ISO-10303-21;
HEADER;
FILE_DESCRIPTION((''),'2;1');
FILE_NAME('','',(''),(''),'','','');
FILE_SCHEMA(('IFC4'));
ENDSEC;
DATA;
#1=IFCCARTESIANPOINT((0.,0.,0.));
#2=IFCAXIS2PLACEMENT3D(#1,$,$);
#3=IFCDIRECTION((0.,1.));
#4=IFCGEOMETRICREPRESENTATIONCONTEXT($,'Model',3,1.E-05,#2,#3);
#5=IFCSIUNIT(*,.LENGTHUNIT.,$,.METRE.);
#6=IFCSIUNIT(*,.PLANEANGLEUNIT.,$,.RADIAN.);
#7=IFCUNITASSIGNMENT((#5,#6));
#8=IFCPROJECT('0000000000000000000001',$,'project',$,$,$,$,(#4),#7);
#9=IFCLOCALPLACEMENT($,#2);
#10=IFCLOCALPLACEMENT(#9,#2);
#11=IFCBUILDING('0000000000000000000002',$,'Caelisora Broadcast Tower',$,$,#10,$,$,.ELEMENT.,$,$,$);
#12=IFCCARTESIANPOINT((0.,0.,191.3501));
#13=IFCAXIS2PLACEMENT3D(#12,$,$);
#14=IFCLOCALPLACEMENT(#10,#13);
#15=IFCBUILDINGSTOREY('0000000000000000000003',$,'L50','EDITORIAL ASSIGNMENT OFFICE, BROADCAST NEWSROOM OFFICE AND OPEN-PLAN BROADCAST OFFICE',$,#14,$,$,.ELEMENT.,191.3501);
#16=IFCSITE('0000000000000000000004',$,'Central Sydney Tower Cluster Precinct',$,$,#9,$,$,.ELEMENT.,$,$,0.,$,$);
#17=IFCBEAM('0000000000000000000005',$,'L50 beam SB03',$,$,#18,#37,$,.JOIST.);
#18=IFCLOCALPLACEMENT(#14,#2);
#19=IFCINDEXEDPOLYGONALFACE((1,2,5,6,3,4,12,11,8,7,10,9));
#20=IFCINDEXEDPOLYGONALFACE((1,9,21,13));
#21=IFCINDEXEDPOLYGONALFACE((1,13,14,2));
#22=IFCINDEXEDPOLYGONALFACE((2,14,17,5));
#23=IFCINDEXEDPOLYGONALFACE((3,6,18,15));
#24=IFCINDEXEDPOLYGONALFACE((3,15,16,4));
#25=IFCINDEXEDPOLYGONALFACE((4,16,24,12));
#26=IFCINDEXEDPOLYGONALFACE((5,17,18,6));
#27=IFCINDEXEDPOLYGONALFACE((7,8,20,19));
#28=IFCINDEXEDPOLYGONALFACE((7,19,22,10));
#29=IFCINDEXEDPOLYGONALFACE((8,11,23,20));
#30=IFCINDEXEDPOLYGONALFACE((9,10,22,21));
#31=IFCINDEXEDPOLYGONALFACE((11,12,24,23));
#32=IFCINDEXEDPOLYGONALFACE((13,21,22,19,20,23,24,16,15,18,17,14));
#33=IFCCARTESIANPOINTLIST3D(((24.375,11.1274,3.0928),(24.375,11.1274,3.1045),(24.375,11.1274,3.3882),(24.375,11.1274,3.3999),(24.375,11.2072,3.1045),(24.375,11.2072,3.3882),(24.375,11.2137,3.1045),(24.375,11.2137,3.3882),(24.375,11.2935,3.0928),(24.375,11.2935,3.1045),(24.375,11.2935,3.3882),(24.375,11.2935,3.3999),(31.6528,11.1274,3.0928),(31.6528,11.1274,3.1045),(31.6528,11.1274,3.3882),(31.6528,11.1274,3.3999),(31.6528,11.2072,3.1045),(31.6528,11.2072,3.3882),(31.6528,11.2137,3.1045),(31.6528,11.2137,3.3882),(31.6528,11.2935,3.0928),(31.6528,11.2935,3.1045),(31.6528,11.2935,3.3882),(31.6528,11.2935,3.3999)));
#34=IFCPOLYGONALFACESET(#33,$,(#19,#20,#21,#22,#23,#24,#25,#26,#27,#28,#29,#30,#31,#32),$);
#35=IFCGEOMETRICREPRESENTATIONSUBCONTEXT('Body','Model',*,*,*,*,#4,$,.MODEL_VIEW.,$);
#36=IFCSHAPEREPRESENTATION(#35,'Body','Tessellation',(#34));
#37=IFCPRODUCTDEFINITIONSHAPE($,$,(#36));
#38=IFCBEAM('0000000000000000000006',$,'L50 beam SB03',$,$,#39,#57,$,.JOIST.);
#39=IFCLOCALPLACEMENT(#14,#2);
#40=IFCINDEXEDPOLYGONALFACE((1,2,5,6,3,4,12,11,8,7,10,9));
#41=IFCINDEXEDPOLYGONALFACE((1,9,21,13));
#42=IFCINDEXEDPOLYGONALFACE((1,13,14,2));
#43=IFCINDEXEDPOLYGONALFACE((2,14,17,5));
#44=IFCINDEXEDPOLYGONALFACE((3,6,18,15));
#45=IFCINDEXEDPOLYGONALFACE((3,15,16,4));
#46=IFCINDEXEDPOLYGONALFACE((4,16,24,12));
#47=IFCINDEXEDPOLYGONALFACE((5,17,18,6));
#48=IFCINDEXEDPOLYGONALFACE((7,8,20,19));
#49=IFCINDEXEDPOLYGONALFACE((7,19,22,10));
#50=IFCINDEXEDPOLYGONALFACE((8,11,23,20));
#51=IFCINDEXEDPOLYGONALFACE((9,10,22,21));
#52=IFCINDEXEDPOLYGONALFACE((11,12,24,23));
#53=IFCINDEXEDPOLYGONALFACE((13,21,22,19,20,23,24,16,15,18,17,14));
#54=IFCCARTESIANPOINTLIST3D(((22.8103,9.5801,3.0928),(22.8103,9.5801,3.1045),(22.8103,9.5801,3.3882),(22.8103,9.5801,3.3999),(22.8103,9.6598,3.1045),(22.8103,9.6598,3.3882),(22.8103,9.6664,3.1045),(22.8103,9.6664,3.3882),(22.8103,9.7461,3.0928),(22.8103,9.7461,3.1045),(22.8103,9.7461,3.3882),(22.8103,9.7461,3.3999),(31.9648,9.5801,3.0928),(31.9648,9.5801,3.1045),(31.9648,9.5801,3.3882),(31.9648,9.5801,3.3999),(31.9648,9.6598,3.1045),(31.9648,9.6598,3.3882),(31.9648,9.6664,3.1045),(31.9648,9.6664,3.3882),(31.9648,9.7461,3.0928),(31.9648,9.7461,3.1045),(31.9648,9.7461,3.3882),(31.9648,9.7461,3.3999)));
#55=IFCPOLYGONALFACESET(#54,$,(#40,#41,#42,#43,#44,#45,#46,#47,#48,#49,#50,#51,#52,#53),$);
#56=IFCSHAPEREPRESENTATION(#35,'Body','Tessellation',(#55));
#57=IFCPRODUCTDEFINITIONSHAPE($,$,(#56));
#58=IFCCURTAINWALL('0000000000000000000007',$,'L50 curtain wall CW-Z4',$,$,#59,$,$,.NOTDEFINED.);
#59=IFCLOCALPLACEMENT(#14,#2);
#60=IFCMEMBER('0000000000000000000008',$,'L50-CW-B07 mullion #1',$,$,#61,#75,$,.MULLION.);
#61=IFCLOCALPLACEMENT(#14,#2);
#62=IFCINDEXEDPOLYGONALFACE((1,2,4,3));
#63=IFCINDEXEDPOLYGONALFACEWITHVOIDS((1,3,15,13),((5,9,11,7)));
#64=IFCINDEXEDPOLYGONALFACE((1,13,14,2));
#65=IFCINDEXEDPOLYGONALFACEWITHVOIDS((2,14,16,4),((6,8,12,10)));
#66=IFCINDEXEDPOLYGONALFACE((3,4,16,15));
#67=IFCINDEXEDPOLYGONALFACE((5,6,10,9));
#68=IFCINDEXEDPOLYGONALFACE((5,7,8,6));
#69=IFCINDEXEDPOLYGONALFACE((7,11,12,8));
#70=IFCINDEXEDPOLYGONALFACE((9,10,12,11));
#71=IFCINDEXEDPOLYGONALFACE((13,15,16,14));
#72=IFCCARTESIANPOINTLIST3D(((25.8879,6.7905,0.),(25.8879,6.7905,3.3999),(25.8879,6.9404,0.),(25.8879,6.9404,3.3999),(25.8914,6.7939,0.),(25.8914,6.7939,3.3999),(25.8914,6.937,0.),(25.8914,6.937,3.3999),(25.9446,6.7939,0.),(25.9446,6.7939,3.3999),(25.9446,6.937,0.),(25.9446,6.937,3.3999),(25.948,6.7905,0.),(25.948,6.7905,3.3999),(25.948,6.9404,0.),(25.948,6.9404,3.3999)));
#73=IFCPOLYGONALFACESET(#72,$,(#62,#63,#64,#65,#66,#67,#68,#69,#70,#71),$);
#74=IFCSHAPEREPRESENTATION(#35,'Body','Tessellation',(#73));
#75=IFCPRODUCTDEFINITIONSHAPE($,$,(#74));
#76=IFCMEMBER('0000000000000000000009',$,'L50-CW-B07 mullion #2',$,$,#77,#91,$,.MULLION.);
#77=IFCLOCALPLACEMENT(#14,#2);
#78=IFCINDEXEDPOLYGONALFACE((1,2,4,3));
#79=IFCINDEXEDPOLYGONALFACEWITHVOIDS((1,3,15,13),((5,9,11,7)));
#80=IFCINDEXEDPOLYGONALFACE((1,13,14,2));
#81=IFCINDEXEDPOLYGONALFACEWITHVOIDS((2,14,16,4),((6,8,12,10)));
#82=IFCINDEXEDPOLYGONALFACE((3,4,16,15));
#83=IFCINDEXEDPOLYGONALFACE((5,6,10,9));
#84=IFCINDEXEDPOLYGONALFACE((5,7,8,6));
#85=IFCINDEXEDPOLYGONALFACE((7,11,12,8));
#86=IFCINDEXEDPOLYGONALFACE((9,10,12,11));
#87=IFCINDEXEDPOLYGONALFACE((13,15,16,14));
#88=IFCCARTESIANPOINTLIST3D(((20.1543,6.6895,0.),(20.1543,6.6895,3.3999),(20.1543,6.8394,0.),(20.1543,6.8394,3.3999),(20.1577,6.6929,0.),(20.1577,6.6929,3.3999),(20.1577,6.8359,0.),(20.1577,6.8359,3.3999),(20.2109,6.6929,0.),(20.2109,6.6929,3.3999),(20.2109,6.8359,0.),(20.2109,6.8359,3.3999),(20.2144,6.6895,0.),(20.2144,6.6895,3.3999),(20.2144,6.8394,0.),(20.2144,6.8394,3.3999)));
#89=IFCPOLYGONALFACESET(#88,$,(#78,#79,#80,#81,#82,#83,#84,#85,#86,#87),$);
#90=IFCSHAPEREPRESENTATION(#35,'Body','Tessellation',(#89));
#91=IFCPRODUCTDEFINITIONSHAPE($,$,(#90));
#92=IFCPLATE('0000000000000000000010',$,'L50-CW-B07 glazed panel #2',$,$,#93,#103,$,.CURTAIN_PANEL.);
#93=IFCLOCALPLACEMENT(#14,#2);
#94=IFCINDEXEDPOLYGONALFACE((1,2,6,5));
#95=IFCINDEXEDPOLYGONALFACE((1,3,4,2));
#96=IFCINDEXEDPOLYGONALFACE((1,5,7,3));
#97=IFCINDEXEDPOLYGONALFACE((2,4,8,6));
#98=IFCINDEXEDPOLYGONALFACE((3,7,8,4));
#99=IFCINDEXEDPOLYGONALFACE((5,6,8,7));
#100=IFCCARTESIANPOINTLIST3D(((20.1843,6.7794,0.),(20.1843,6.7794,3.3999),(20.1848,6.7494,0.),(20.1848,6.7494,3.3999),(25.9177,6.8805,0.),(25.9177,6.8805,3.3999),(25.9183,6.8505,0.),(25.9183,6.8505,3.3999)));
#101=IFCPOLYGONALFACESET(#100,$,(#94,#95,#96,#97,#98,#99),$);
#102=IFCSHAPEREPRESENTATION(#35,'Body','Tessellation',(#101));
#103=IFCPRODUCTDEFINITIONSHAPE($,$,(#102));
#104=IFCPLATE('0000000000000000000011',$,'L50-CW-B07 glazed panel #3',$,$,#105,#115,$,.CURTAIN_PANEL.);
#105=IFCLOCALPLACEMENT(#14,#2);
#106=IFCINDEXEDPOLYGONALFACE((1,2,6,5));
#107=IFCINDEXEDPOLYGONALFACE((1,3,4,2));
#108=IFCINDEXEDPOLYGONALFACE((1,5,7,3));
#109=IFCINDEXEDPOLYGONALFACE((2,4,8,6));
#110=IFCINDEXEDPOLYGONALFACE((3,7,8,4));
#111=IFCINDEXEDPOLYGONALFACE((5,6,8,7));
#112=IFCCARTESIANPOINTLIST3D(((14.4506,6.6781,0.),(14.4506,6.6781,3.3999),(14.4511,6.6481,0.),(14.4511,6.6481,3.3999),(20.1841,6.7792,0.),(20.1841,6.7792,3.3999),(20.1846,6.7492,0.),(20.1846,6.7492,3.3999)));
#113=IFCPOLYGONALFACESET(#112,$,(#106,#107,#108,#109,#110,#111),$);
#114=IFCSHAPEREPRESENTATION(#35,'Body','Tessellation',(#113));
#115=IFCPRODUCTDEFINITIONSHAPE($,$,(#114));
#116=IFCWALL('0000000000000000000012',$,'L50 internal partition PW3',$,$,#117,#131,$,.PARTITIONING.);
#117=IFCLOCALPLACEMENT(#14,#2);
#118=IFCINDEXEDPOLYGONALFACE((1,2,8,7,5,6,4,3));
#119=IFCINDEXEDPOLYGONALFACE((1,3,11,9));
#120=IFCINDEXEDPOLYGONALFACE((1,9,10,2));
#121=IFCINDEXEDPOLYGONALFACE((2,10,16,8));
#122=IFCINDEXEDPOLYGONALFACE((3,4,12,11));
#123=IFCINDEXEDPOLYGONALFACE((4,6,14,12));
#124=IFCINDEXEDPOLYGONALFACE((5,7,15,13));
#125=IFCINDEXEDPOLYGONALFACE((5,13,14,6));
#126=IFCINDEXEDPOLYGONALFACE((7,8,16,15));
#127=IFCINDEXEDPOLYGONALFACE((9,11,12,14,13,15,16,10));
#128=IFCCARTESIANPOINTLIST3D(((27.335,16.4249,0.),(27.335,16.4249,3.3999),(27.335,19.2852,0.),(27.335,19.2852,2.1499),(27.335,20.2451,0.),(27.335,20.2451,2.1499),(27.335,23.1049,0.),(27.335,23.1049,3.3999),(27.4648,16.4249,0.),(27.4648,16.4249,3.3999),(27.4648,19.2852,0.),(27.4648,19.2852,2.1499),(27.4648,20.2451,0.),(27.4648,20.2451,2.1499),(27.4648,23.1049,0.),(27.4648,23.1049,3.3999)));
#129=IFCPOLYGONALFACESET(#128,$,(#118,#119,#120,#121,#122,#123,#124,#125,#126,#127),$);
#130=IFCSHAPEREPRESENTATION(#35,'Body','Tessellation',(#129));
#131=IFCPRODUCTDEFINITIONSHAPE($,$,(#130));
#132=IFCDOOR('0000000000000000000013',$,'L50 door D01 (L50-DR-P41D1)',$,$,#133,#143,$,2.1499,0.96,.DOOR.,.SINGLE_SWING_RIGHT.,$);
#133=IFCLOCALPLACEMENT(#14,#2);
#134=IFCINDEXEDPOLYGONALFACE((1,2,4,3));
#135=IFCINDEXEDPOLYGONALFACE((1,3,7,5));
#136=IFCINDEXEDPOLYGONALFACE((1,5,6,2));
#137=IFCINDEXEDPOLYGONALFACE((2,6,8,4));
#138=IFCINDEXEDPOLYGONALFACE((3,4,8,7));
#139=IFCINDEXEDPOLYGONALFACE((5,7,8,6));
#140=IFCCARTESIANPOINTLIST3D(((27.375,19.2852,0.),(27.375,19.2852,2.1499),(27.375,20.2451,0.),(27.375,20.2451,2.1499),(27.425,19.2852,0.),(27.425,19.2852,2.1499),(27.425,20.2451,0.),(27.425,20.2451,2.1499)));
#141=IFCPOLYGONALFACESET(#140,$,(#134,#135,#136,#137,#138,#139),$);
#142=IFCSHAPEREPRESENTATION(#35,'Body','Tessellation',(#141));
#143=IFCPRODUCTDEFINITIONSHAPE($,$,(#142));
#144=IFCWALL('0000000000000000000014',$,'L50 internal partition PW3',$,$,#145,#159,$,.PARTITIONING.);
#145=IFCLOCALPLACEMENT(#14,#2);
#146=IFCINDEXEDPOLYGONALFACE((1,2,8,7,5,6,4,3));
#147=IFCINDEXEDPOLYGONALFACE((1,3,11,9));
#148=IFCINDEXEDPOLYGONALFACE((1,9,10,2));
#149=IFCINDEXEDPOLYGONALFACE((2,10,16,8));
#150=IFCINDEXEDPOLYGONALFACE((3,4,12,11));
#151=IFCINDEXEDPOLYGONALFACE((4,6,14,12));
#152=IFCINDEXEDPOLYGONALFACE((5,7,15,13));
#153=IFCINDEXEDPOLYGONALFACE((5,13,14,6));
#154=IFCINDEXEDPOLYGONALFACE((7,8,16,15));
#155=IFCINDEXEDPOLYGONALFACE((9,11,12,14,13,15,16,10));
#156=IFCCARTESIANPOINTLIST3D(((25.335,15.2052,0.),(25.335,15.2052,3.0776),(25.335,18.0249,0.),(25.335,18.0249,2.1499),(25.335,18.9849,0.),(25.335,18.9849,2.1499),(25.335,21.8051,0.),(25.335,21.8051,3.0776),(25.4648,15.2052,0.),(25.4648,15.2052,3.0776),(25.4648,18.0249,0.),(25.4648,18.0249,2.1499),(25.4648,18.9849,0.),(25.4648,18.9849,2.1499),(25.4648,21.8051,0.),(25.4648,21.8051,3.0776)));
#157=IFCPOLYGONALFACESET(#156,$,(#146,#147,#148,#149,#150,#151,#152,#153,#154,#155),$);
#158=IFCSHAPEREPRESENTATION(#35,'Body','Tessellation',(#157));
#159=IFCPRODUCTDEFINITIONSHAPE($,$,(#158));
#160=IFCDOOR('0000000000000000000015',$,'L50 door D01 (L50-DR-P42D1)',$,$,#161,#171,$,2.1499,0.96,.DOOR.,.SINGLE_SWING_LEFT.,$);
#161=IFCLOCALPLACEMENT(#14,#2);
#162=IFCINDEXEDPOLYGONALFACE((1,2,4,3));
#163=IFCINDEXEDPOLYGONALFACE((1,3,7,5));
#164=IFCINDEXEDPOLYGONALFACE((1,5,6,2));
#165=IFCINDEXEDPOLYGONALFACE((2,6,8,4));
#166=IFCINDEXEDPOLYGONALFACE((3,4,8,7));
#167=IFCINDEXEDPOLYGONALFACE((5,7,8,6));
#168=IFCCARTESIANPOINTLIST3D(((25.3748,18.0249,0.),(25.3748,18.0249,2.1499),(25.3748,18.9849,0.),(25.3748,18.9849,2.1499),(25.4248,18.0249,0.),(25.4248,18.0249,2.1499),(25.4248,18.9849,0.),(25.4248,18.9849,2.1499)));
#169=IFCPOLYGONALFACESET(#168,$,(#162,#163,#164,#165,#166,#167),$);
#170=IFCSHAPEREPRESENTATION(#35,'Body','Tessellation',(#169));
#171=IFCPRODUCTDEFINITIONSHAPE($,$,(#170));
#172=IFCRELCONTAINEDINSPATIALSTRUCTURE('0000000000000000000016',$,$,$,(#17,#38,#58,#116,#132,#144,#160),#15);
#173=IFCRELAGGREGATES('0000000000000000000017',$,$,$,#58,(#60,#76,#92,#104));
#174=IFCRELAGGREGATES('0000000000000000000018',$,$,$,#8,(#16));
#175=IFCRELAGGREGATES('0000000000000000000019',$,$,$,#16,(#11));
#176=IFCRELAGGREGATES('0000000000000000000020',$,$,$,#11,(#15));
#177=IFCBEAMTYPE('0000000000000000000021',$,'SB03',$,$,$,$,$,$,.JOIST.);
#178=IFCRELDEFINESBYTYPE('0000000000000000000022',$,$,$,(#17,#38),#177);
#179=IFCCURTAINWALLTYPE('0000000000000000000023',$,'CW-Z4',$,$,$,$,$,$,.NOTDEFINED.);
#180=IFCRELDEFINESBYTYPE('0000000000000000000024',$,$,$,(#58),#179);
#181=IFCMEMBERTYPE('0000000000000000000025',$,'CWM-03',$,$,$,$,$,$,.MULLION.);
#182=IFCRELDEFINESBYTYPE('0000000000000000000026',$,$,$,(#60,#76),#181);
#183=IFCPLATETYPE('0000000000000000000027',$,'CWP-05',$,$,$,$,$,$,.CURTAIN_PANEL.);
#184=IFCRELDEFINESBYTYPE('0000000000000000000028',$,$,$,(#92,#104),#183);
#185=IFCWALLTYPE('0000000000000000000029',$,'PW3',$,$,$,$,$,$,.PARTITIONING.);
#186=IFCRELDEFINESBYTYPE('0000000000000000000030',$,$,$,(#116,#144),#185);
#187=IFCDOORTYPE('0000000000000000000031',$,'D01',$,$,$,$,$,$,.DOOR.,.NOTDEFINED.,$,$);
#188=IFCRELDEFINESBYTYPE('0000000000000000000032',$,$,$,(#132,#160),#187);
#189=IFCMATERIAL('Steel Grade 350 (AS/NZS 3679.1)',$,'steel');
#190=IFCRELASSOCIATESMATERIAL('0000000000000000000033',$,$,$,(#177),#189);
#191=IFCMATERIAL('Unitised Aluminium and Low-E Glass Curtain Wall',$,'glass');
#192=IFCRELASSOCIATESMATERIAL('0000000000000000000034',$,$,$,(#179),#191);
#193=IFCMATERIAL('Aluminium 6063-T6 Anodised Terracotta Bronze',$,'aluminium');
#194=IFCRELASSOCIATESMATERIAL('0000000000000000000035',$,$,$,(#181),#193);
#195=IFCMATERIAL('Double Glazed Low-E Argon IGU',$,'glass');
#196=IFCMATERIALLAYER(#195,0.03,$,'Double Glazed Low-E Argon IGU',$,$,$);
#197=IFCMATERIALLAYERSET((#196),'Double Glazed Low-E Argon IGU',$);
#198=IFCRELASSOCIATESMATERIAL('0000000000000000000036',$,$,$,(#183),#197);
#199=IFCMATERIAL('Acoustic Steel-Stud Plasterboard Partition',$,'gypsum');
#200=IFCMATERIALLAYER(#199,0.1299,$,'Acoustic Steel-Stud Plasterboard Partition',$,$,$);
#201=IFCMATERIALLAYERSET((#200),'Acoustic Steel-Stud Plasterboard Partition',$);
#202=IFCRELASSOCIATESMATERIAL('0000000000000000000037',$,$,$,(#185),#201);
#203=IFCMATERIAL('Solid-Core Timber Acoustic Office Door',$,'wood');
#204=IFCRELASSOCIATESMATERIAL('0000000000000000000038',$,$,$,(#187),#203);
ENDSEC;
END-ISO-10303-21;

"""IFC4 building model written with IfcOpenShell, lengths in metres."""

from ifc_helpers import new_model, si_unit, direction, frame, frame_2d, origin, origin_2d, place, context, subcontext, project, spatial, rectangle, hollow_rectangle, i_section, extrude, source, transform, mapped, material, layer, layer_set, material_profile, profile_set, type_object, type_shapes, element, fill, aggregate, save


model = new_model("IFC4")

# Units and contexts
model_context = context("Model", 3, precision=1e-05, world=origin(), true_north=direction((0.0, 1.0)))
body_context = subcontext(model_context, "Body", "Model", "MODEL_VIEW")
ifc_project = project(units=[si_unit("LENGTHUNIT", "METRE"), si_unit("PLANEANGLEUNIT", "RADIAN")], contexts=[model_context])

# Site, building, storey
site_placement = place(None, origin())
site = spatial("IfcSite", under=ifc_project, at=site_placement, Name="Central Sydney Tower Cluster Precinct", CompositionType="ELEMENT", RefElevation=0.0)
building_placement = place(site_placement, origin())
building = spatial("IfcBuilding", under=site, at=building_placement, Name="Caelisora Broadcast Tower", CompositionType="ELEMENT")
storey_placement = place(building_placement, frame((0.0, 0.0, 191.3501)))
storey = spatial("IfcBuildingStorey", under=building, at=storey_placement, Name="L50", Description="EDITORIAL ASSIGNMENT OFFICE, BROADCAST NEWSROOM OFFICE AND OPEN-PLAN BROADCAST OFFICE", CompositionType="ELEMENT", Elevation=191.3501)

# Beams
ifc_material_1 = material(Name="Steel Grade 350 (AS/NZS 3679.1)", Category="steel")
ifc_material_profile_1 = material_profile(ifc_material_1, i_section(OverallWidth=0.166, OverallDepth=0.3071, WebThickness=0.0066, FlangeThickness=0.0117, at=origin_2d()), Name="Steel Grade 350 (AS/NZS 3679.1)")
ifc_profile_set_1 = profile_set([ifc_material_profile_1], Name="Steel Grade 350 (AS/NZS 3679.1)")
beam_type_1 = type_object("IfcBeamType", Name="SB03", PredefinedType="JOIST", material=ifc_profile_set_1)
shared_shape_1 = source(origin(), body_context, "Body", "SweptSolid", [
    extrude(i_section(OverallWidth=0.166, OverallDepth=0.3071, WebThickness=0.0066, FlangeThickness=0.0117, at=origin_2d()), origin(), (0.0, 0.0, 1.0), 7.2778),
])
beam_1_placement = place(storey_placement, frame((24.375, 11.2104, 3.2463), z_axis=(1.0, 0.0, 0.0), x_axis=(0.0, 1.0, 0.0)))
element("IfcBeam", 1, at=beam_1_placement, inside=storey, type_object=beam_type_1, Name="L50 beam SB03", PredefinedType="JOIST", context=body_context, shape_type="MappedRepresentation", body=[
    mapped(shared_shape_1, transform((0.0, 0.0, 0.0), scale=1.0)),
])
shared_shape_2 = source(origin(), body_context, "Body", "SweptSolid", [
    extrude(i_section(OverallWidth=0.166, OverallDepth=0.3071, WebThickness=0.0066, FlangeThickness=0.0117, at=origin_2d()), origin(), (0.0, 0.0, 1.0), 9.1545),
])
beam_2_placement = place(storey_placement, frame((22.8103, 9.6631, 3.2463), z_axis=(1.0, 0.0, 0.0), x_axis=(0.0, 1.0, 0.0)))
element("IfcBeam", 2, at=beam_2_placement, inside=storey, type_object=beam_type_1, Name="L50 beam SB03", PredefinedType="JOIST", context=body_context, shape_type="MappedRepresentation", body=[
    mapped(shared_shape_2, transform((0.0, 0.0, 0.0), scale=1.0)),
])

# Curtain wall, members, plates
ifc_material_2 = material(Name="Unitised Aluminium and Low-E Glass Curtain Wall", Category="glass")
curtain_wall_type = type_object("IfcCurtainWallType", Name="CW-Z4", PredefinedType="NOTDEFINED", material=ifc_material_2)
curtain_wall_placement = place(storey_placement, origin())
curtain_wall = element("IfcCurtainWall", 3, at=curtain_wall_placement, inside=storey, type_object=curtain_wall_type, Name="L50 curtain wall CW-Z4", PredefinedType="NOTDEFINED")
ifc_material_3 = material(Name="Aluminium 6063-T6 Anodised Terracotta Bronze", Category="aluminium")
ifc_material_profile_2 = material_profile(ifc_material_3, hollow_rectangle(XDim=0.0601, YDim=0.1499, WallThickness=0.0034, at=origin_2d()), Name="Aluminium 6063-T6 Anodised Terracotta Bronze")
ifc_profile_set_2 = profile_set([ifc_material_profile_2], Name="Aluminium 6063-T6 Anodised Terracotta Bronze")
member_type = type_object("IfcMemberType", Name="CWM-03", PredefinedType="MULLION", material=ifc_profile_set_2)
shared_shape_3 = source(origin(), body_context, "Body", "SweptSolid", [
    extrude(hollow_rectangle(XDim=0.0601, YDim=0.1499, WallThickness=0.0034, at=origin_2d()), origin(), (0.0, 0.0, 1.0), 3.3999),
])
type_shapes(member_type, [shared_shape_3])
member_1_placement = place(storey_placement, frame((25.918, 6.8655, 0.0), z_axis=(0.0, 0.0, 1.0), x_axis=(1.0, 0.0, 0.0)))
member_1 = element("IfcMember", 4, at=member_1_placement, type_object=member_type, Name="L50-CW-B07 mullion #1", PredefinedType="MULLION", context=body_context, shape_type="MappedRepresentation", body=[
    mapped(shared_shape_3, transform((0.0, 0.0, 0.0), scale=1.0)),
])
member_2_placement = place(storey_placement, frame((20.1843, 6.7644, 0.0), z_axis=(0.0, 0.0, 1.0), x_axis=(1.0, 0.0, 0.0)))
member_2 = element("IfcMember", 5, at=member_2_placement, type_object=member_type, Name="L50-CW-B07 mullion #2", PredefinedType="MULLION", context=body_context, shape_type="MappedRepresentation", body=[
    mapped(shared_shape_3, transform((0.0, 0.0, 0.0), scale=1.0)),
])
ifc_material_4 = material(Name="Double Glazed Low-E Argon IGU", Category="glass")
ifc_layer_1 = layer(ifc_material_4, 0.03, Name="Double Glazed Low-E Argon IGU")
ifc_layer_set_1 = layer_set([ifc_layer_1], Name="Double Glazed Low-E Argon IGU")
plate_type = type_object("IfcPlateType", Name="CWP-05", PredefinedType="CURTAIN_PANEL", material=ifc_layer_set_1)
shared_shape_4 = source(origin(), body_context, "Body", "SweptSolid", [
    extrude(rectangle(XDim=5.7344, YDim=0.03, at=origin_2d()), origin(), (0.0, 0.0, 1.0), 3.3999),
])
type_shapes(plate_type, [shared_shape_4])
plate_1_placement = place(storey_placement, frame((23.0513, 6.8149, 0.0), z_axis=(0.0, 0.0, 1.0), x_axis=(-0.999845, -0.017627, 0.0)))
plate_1 = element("IfcPlate", 6, at=plate_1_placement, type_object=plate_type, Name="L50-CW-B07 glazed panel #2", PredefinedType="CURTAIN_PANEL", context=body_context, shape_type="MappedRepresentation", body=[
    mapped(shared_shape_4, transform((0.0, 0.0, 0.0), scale=1.0)),
])
plate_2_placement = place(storey_placement, frame((17.3176, 6.7136, 0.0), z_axis=(0.0, 0.0, 1.0), x_axis=(-0.999845, -0.017627, 0.0)))
plate_2 = element("IfcPlate", 7, at=plate_2_placement, type_object=plate_type, Name="L50-CW-B07 glazed panel #3", PredefinedType="CURTAIN_PANEL", context=body_context, shape_type="MappedRepresentation", body=[
    mapped(shared_shape_4, transform((0.0, 0.0, 0.0), scale=1.0)),
])
aggregate(curtain_wall, [member_1, member_2, plate_1, plate_2])

# Walls, openings, doors
ifc_material_5 = material(Name="Acoustic Steel-Stud Plasterboard Partition", Category="gypsum")
ifc_layer_2 = layer(ifc_material_5, 0.1299, Name="Acoustic Steel-Stud Plasterboard Partition")
ifc_layer_set_2 = layer_set([ifc_layer_2], Name="Acoustic Steel-Stud Plasterboard Partition")
wall_type = type_object("IfcWallType", Name="PW3", PredefinedType="PARTITIONING", material=ifc_layer_set_2)
wall_1_placement = place(storey_placement, frame((27.3999, 16.425, 0.0), z_axis=(0.0, 0.0, 1.0), x_axis=(0.0, 1.0, 0.0)))
wall_1 = element("IfcWall", 8, at=wall_1_placement, inside=storey, type_object=wall_type, Name="L50 internal partition PW3", PredefinedType="PARTITIONING", context=body_context, shape_type="SweptSolid", body=[
    extrude(rectangle(XDim=6.6799, YDim=0.1299, at=frame_2d((3.3398, 0.0))), origin(), (0.0, 0.0, 1.0), 3.3999),
])
opening_1_placement = place(wall_1_placement, frame((2.8601, 0.0, 0.0)))
opening_1 = element("IfcOpeningElement", 9, at=opening_1_placement, cuts=wall_1, PredefinedType="OPENING", context=body_context, shape_type="SweptSolid", body=[
    extrude(rectangle(XDim=0.96, YDim=2.1499, at=frame_2d((0.48, 1.075))), frame((0.0, 0.0769, 0.0), z_axis=(0.0, -1.0, 0.0), x_axis=(1.0, 0.0, 0.0)), (0.0, 0.0, 1.0), 0.1538),
])
ifc_material_6 = material(Name="Solid-Core Timber Acoustic Office Door", Category="wood")
door_type = type_object("IfcDoorType", Name="D01", OperationType="NOTDEFINED", PredefinedType="DOOR", material=ifc_material_6)
door_1_placement = place(opening_1_placement, origin())
door_1 = element("IfcDoor", 10, at=door_1_placement, inside=storey, type_object=door_type, Name="L50 door D01 (L50-DR-P41D1)", OperationType="SINGLE_SWING_RIGHT", OverallHeight=2.1499, OverallWidth=0.96, PredefinedType="DOOR", context=body_context, shape_type="SweptSolid", body=[
    extrude(rectangle(XDim=0.96, YDim=2.1499, at=frame_2d((0.48, 1.075))), frame((0.0, 0.0249, 0.0), z_axis=(0.0, -1.0, 0.0), x_axis=(1.0, 0.0, 0.0)), (0.0, 0.0, 1.0), 0.05),
])
fill(opening_1, door_1)
wall_2_placement = place(storey_placement, frame((25.3999, 21.8049, 0.0), z_axis=(0.0, 0.0, 1.0), x_axis=(0.0, -1.0, 0.0)))
wall_2 = element("IfcWall", 11, at=wall_2_placement, inside=storey, type_object=wall_type, Name="L50 internal partition PW3", PredefinedType="PARTITIONING", context=body_context, shape_type="SweptSolid", body=[
    extrude(rectangle(XDim=6.5999, YDim=0.1299, at=frame_2d((3.2998, 0.0))), origin(), (0.0, 0.0, 1.0), 3.0776),
])
opening_2_placement = place(wall_2_placement, frame((2.8201, 0.0, 0.0)))
opening_2 = element("IfcOpeningElement", 12, at=opening_2_placement, cuts=wall_2, PredefinedType="OPENING", context=body_context, shape_type="SweptSolid", body=[
    extrude(rectangle(XDim=0.96, YDim=2.1499, at=frame_2d((0.48, 1.075))), frame((0.0, 0.0769, 0.0), z_axis=(0.0, -1.0, 0.0), x_axis=(1.0, 0.0, 0.0)), (0.0, 0.0, 1.0), 0.1538),
])
door_2_placement = place(opening_2_placement, origin())
door_2 = element("IfcDoor", 13, at=door_2_placement, inside=storey, type_object=door_type, Name="L50 door D01 (L50-DR-P42D1)", OperationType="SINGLE_SWING_LEFT", OverallHeight=2.1499, OverallWidth=0.96, PredefinedType="DOOR", context=body_context, shape_type="SweptSolid", body=[
    extrude(rectangle(XDim=0.96, YDim=2.1499, at=frame_2d((0.48, 1.075))), frame((0.0, 0.0249, 0.0), z_axis=(0.0, -1.0, 0.0), x_axis=(1.0, 0.0, 0.0)), (0.0, 0.0, 1.0), 0.05),
])
fill(opening_2, door_2)

save(model, "model.ifc")
